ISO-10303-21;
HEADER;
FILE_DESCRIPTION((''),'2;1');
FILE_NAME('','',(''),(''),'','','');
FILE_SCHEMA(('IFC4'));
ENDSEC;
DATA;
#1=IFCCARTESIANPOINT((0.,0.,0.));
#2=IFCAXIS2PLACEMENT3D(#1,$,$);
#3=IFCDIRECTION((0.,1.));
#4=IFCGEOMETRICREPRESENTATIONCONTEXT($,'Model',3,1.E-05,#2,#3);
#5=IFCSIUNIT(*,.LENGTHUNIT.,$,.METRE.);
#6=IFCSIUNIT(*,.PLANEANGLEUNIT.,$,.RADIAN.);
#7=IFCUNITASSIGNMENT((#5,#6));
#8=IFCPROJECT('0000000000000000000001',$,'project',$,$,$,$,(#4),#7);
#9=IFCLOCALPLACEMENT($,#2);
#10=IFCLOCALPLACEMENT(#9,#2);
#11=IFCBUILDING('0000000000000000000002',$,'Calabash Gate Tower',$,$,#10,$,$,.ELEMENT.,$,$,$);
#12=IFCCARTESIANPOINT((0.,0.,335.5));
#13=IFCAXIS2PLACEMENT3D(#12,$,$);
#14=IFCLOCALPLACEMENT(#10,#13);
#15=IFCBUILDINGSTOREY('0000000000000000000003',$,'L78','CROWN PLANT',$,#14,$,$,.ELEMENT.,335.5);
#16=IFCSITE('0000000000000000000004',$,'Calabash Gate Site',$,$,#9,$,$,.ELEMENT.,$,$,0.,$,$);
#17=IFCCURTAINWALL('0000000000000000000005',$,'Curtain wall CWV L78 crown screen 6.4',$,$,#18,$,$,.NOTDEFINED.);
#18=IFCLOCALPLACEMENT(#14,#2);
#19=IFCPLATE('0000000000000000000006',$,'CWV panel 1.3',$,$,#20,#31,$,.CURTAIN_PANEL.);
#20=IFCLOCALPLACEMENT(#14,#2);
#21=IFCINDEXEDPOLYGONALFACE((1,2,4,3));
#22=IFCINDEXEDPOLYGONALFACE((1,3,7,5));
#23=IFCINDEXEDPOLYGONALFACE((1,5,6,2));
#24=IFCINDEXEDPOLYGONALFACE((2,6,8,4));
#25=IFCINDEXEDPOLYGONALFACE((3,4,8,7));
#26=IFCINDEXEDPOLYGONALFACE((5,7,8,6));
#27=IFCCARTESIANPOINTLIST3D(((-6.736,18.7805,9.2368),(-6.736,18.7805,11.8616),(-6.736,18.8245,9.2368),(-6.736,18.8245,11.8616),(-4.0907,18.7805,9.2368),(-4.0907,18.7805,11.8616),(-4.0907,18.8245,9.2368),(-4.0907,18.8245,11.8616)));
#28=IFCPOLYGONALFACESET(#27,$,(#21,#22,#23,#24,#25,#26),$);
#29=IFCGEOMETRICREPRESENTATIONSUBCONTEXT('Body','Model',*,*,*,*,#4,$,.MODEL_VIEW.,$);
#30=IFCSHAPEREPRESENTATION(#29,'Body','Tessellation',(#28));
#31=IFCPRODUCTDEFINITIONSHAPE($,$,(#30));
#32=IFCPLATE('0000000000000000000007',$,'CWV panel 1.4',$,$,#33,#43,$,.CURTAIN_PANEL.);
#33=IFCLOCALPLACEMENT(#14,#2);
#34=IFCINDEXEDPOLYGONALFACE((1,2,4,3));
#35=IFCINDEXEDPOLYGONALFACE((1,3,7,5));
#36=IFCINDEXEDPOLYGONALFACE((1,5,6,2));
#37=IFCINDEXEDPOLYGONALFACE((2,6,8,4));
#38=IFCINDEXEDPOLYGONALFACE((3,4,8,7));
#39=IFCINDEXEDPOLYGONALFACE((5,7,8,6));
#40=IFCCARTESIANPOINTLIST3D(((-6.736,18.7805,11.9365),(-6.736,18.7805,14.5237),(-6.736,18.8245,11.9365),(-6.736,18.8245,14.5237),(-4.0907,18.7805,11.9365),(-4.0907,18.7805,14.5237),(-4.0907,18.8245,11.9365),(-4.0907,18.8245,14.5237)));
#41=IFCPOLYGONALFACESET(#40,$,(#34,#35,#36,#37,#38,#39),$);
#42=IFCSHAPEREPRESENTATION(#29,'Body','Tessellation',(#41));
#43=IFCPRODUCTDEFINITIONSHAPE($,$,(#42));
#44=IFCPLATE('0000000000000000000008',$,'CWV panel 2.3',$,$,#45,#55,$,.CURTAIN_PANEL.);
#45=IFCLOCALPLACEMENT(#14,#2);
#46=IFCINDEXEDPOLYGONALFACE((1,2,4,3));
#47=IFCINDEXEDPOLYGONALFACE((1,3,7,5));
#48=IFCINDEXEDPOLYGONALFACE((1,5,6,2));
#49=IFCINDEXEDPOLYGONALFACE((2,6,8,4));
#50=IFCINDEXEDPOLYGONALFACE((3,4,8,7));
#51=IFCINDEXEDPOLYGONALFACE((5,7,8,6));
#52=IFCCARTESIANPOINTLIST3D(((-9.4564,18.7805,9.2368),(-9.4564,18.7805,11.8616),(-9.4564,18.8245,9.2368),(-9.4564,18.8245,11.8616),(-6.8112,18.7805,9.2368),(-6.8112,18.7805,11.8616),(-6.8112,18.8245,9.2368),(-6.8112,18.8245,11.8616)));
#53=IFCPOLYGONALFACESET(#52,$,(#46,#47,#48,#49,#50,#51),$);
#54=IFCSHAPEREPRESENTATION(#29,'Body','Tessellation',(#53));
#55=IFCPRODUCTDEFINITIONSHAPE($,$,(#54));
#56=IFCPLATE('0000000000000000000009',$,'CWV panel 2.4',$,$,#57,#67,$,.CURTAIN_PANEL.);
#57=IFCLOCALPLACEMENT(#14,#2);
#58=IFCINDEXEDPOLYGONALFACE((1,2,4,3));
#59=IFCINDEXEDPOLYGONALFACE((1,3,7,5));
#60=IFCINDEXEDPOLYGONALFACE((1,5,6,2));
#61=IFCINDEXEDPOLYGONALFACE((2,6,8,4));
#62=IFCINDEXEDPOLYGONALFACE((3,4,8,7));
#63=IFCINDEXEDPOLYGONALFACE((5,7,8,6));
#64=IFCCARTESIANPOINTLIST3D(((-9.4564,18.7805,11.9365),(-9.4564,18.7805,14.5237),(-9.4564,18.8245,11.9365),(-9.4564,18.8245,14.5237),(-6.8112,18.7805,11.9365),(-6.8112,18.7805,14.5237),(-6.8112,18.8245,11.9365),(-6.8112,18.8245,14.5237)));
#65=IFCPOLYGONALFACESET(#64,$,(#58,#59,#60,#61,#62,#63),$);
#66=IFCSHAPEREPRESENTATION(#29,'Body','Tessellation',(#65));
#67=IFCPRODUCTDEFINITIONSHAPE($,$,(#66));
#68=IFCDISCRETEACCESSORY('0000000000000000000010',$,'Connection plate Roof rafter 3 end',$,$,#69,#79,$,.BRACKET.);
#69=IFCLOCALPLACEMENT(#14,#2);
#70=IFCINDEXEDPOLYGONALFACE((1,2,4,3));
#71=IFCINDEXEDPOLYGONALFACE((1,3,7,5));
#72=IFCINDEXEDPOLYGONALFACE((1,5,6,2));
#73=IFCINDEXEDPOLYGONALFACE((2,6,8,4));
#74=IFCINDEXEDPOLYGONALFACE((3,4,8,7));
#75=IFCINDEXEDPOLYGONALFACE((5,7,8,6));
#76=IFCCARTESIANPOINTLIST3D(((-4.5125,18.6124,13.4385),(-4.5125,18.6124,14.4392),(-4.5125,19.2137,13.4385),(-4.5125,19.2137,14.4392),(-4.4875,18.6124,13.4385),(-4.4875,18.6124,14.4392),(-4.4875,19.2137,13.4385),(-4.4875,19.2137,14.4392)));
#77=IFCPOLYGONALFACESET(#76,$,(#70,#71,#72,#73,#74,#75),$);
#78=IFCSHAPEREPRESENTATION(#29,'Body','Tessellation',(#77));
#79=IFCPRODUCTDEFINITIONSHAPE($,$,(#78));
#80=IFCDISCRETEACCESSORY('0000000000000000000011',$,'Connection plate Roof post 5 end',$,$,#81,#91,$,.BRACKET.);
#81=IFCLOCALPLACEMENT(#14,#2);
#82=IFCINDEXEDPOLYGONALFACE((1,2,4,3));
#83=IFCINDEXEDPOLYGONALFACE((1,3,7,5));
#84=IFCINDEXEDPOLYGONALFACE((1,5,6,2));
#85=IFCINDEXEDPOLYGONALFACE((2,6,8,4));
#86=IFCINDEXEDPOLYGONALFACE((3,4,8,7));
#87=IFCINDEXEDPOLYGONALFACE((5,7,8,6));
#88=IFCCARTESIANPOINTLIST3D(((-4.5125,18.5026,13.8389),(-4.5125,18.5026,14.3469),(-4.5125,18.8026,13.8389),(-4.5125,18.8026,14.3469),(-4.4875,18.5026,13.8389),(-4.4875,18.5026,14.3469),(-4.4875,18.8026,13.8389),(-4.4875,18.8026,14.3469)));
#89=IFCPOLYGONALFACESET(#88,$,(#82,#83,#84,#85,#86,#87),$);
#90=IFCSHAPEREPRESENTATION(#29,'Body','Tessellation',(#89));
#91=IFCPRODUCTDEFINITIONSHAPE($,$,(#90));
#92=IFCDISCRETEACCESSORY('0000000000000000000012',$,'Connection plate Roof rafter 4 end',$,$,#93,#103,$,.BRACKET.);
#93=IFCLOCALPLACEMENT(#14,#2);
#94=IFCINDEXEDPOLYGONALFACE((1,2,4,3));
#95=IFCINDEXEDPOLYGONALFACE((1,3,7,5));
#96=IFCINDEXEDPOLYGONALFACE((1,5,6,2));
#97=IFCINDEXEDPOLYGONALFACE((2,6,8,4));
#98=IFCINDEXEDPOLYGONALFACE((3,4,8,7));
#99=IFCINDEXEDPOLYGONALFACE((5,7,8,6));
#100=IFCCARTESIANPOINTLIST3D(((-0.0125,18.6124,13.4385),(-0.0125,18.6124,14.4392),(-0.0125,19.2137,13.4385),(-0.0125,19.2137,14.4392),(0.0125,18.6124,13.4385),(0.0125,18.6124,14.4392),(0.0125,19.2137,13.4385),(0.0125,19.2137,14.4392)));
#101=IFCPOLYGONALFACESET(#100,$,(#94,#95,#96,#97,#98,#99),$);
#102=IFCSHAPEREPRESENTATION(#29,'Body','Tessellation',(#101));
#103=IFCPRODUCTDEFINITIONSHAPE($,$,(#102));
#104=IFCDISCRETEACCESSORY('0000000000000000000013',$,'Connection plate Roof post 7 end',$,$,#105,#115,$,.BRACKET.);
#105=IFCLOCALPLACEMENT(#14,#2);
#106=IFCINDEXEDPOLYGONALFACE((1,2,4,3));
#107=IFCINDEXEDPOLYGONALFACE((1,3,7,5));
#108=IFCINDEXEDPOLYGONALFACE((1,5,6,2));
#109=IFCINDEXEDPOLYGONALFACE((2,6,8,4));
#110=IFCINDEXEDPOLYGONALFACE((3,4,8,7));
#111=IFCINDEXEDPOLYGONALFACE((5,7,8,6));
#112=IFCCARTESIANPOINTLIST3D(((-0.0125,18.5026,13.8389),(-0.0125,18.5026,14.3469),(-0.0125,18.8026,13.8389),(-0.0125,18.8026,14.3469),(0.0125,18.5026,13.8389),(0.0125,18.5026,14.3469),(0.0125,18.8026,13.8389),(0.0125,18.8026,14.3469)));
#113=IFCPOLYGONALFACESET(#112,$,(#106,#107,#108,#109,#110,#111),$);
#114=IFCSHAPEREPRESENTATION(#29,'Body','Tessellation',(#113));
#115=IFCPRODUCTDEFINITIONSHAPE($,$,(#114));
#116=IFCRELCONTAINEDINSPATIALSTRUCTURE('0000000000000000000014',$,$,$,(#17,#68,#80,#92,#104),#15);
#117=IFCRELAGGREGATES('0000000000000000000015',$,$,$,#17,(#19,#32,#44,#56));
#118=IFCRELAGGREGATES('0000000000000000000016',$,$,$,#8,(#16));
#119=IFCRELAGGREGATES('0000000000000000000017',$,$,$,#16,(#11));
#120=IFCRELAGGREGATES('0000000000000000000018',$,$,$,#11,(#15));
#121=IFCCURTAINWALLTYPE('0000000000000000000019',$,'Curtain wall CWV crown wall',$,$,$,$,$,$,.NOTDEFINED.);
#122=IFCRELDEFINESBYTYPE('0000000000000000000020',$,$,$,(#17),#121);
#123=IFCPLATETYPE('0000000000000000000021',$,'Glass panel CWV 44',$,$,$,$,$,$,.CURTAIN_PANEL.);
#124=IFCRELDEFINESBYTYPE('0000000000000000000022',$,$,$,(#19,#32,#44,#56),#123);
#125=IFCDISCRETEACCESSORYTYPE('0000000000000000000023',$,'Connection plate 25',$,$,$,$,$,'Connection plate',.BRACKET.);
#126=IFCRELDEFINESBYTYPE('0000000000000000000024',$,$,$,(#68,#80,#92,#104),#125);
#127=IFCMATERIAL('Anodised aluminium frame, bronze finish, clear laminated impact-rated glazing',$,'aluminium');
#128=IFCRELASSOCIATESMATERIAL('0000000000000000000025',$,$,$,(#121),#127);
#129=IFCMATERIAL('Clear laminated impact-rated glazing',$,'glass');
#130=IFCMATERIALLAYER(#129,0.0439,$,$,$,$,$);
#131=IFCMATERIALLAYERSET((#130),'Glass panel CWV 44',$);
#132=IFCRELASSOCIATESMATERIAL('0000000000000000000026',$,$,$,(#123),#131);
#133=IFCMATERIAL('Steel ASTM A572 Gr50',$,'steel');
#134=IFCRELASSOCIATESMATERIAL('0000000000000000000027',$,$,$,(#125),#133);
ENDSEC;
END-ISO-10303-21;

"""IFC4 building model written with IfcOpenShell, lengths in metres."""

from ifc_helpers import new_model, si_unit, direction, frame, origin, origin_2d, place, context, subcontext, project, spatial, rectangle, extrude, material, layer, layer_set, type_object, element, aggregate, save


model = new_model("IFC4")

# Units and contexts
model_context = context("Model", 3, precision=1e-05, world=origin(), true_north=direction((0.0, 1.0)))
body_context = subcontext(model_context, "Body", "Model", "MODEL_VIEW")
ifc_project = project(units=[si_unit("LENGTHUNIT", "METRE"), si_unit("PLANEANGLEUNIT", "RADIAN")], contexts=[model_context])

# Site, building, storey
site_placement = place(None, origin())
site = spatial("IfcSite", under=ifc_project, at=site_placement, Name="Calabash Gate Site", CompositionType="ELEMENT", RefElevation=0.0)
building_placement = place(site_placement, origin())
building = spatial("IfcBuilding", under=site, at=building_placement, Name="Calabash Gate Tower", CompositionType="ELEMENT")
storey_placement = place(building_placement, frame((0.0, 0.0, 335.5)))
storey = spatial("IfcBuildingStorey", under=building, at=storey_placement, Name="L78", Description="CROWN PLANT", CompositionType="ELEMENT", Elevation=335.5)

# Curtain wall
ifc_material_1 = material(Name="Anodised aluminium frame, bronze finish, clear laminated impact-rated glazing", Category="aluminium")
curtain_wall_type_1 = type_object("IfcCurtainWallType", Name="Curtain wall CWV crown wall", PredefinedType="NOTDEFINED", material=ifc_material_1)
curtain_wall_1_placement = place(storey_placement, origin())
curtain_wall_1 = element("IfcCurtainWall", 1, at=curtain_wall_1_placement, inside=storey, type_object=curtain_wall_type_1, Name="Curtain wall CWV L78 crown screen 6.4", PredefinedType="NOTDEFINED")

# Plates
ifc_material_2 = material(Name="Clear laminated impact-rated glazing", Category="glass")
ifc_layer_1 = layer(ifc_material_2, 0.0439)
ifc_layer_set_1 = layer_set([ifc_layer_1], Name="Glass panel CWV 44")
plate_type_1 = type_object("IfcPlateType", Name="Glass panel CWV 44", PredefinedType="CURTAIN_PANEL", material=ifc_layer_set_1)
plate_1_placement = place(storey_placement, frame((-5.4133, 18.8025, 9.2368), z_axis=(0.0, 0.0, 1.0), x_axis=(-1.0, 0.0, 0.0)))
plate_1 = element("IfcPlate", 2, at=plate_1_placement, type_object=plate_type_1, Name="CWV panel 1.3", PredefinedType="CURTAIN_PANEL", context=body_context, shape_type="SweptSolid", body=[
    extrude(rectangle(XDim=2.6453, YDim=0.0439, at=origin_2d()), origin(), (0.0, 0.0, 1.0), 2.6248),
])
plate_2_placement = place(storey_placement, frame((-5.4133, 18.8025, 11.9365), z_axis=(0.0, 0.0, 1.0), x_axis=(-1.0, 0.0, 0.0)))
plate_2 = element("IfcPlate", 3, at=plate_2_placement, type_object=plate_type_1, Name="CWV panel 1.4", PredefinedType="CURTAIN_PANEL", context=body_context, shape_type="SweptSolid", body=[
    extrude(rectangle(XDim=2.6453, YDim=0.0439, at=origin_2d()), origin(), (0.0, 0.0, 1.0), 2.5872),
])
plate_3_placement = place(storey_placement, frame((-8.1338, 18.8025, 9.2368), z_axis=(0.0, 0.0, 1.0), x_axis=(-1.0, 0.0, 0.0)))
plate_3 = element("IfcPlate", 4, at=plate_3_placement, type_object=plate_type_1, Name="CWV panel 2.3", PredefinedType="CURTAIN_PANEL", context=body_context, shape_type="SweptSolid", body=[
    extrude(rectangle(XDim=2.6453, YDim=0.0439, at=origin_2d()), origin(), (0.0, 0.0, 1.0), 2.6248),
])
plate_4_placement = place(storey_placement, frame((-8.1338, 18.8025, 11.9365), z_axis=(0.0, 0.0, 1.0), x_axis=(-1.0, 0.0, 0.0)))
plate_4 = element("IfcPlate", 5, at=plate_4_placement, type_object=plate_type_1, Name="CWV panel 2.4", PredefinedType="CURTAIN_PANEL", context=body_context, shape_type="SweptSolid", body=[
    extrude(rectangle(XDim=2.6453, YDim=0.0439, at=origin_2d()), origin(), (0.0, 0.0, 1.0), 2.5872),
])
aggregate(curtain_wall_1, [plate_1, plate_2, plate_3, plate_4])

# Discrete accessories
ifc_material_3 = material(Name="Steel ASTM A572 Gr50", Category="steel")
discrete_accessory_type = type_object("IfcDiscreteAccessoryType", Name="Connection plate 25", ElementType="Connection plate", PredefinedType="BRACKET", material=ifc_material_3)
discrete_accessory_1_placement = place(storey_placement, frame((-4.5, 18.9131, 13.4385), z_axis=(0.0, 0.0, 1.0), x_axis=(0.0, 1.0, 0.0)))
element("IfcDiscreteAccessory", 6, at=discrete_accessory_1_placement, inside=storey, type_object=discrete_accessory_type, Name="Connection plate Roof rafter 3 end", PredefinedType="BRACKET", context=body_context, shape_type="SweptSolid", body=[
    extrude(rectangle(XDim=0.6013, YDim=0.0249, at=origin_2d()), origin(), (0.0, 0.0, 1.0), 1.0007),
])
discrete_accessory_2_placement = place(storey_placement, frame((-4.5, 18.6526, 13.8389), z_axis=(0.0, 0.0, 1.0), x_axis=(0.0, 1.0, 0.0)))
element("IfcDiscreteAccessory", 7, at=discrete_accessory_2_placement, inside=storey, type_object=discrete_accessory_type, Name="Connection plate Roof post 5 end", PredefinedType="BRACKET", context=body_context, shape_type="SweptSolid", body=[
    extrude(rectangle(XDim=0.3, YDim=0.0249, at=origin_2d()), origin(), (0.0, 0.0, 1.0), 0.5081),
])
discrete_accessory_3_placement = place(storey_placement, frame((0.0, 18.9131, 13.4385), z_axis=(0.0, 0.0, 1.0), x_axis=(0.0, 1.0, 0.0)))
element("IfcDiscreteAccessory", 8, at=discrete_accessory_3_placement, inside=storey, type_object=discrete_accessory_type, Name="Connection plate Roof rafter 4 end", PredefinedType="BRACKET", context=body_context, shape_type="SweptSolid", body=[
    extrude(rectangle(XDim=0.6013, YDim=0.0249, at=origin_2d()), origin(), (0.0, 0.0, 1.0), 1.0007),
])
discrete_accessory_4_placement = place(storey_placement, frame((0.0, 18.6526, 13.8389), z_axis=(0.0, 0.0, 1.0), x_axis=(0.0, 1.0, 0.0)))
element("IfcDiscreteAccessory", 9, at=discrete_accessory_4_placement, inside=storey, type_object=discrete_accessory_type, Name="Connection plate Roof post 7 end", PredefinedType="BRACKET", context=body_context, shape_type="SweptSolid", body=[
    extrude(rectangle(XDim=0.3, YDim=0.0249, at=origin_2d()), origin(), (0.0, 0.0, 1.0), 0.5081),
])

save(model, "model.ifc")
